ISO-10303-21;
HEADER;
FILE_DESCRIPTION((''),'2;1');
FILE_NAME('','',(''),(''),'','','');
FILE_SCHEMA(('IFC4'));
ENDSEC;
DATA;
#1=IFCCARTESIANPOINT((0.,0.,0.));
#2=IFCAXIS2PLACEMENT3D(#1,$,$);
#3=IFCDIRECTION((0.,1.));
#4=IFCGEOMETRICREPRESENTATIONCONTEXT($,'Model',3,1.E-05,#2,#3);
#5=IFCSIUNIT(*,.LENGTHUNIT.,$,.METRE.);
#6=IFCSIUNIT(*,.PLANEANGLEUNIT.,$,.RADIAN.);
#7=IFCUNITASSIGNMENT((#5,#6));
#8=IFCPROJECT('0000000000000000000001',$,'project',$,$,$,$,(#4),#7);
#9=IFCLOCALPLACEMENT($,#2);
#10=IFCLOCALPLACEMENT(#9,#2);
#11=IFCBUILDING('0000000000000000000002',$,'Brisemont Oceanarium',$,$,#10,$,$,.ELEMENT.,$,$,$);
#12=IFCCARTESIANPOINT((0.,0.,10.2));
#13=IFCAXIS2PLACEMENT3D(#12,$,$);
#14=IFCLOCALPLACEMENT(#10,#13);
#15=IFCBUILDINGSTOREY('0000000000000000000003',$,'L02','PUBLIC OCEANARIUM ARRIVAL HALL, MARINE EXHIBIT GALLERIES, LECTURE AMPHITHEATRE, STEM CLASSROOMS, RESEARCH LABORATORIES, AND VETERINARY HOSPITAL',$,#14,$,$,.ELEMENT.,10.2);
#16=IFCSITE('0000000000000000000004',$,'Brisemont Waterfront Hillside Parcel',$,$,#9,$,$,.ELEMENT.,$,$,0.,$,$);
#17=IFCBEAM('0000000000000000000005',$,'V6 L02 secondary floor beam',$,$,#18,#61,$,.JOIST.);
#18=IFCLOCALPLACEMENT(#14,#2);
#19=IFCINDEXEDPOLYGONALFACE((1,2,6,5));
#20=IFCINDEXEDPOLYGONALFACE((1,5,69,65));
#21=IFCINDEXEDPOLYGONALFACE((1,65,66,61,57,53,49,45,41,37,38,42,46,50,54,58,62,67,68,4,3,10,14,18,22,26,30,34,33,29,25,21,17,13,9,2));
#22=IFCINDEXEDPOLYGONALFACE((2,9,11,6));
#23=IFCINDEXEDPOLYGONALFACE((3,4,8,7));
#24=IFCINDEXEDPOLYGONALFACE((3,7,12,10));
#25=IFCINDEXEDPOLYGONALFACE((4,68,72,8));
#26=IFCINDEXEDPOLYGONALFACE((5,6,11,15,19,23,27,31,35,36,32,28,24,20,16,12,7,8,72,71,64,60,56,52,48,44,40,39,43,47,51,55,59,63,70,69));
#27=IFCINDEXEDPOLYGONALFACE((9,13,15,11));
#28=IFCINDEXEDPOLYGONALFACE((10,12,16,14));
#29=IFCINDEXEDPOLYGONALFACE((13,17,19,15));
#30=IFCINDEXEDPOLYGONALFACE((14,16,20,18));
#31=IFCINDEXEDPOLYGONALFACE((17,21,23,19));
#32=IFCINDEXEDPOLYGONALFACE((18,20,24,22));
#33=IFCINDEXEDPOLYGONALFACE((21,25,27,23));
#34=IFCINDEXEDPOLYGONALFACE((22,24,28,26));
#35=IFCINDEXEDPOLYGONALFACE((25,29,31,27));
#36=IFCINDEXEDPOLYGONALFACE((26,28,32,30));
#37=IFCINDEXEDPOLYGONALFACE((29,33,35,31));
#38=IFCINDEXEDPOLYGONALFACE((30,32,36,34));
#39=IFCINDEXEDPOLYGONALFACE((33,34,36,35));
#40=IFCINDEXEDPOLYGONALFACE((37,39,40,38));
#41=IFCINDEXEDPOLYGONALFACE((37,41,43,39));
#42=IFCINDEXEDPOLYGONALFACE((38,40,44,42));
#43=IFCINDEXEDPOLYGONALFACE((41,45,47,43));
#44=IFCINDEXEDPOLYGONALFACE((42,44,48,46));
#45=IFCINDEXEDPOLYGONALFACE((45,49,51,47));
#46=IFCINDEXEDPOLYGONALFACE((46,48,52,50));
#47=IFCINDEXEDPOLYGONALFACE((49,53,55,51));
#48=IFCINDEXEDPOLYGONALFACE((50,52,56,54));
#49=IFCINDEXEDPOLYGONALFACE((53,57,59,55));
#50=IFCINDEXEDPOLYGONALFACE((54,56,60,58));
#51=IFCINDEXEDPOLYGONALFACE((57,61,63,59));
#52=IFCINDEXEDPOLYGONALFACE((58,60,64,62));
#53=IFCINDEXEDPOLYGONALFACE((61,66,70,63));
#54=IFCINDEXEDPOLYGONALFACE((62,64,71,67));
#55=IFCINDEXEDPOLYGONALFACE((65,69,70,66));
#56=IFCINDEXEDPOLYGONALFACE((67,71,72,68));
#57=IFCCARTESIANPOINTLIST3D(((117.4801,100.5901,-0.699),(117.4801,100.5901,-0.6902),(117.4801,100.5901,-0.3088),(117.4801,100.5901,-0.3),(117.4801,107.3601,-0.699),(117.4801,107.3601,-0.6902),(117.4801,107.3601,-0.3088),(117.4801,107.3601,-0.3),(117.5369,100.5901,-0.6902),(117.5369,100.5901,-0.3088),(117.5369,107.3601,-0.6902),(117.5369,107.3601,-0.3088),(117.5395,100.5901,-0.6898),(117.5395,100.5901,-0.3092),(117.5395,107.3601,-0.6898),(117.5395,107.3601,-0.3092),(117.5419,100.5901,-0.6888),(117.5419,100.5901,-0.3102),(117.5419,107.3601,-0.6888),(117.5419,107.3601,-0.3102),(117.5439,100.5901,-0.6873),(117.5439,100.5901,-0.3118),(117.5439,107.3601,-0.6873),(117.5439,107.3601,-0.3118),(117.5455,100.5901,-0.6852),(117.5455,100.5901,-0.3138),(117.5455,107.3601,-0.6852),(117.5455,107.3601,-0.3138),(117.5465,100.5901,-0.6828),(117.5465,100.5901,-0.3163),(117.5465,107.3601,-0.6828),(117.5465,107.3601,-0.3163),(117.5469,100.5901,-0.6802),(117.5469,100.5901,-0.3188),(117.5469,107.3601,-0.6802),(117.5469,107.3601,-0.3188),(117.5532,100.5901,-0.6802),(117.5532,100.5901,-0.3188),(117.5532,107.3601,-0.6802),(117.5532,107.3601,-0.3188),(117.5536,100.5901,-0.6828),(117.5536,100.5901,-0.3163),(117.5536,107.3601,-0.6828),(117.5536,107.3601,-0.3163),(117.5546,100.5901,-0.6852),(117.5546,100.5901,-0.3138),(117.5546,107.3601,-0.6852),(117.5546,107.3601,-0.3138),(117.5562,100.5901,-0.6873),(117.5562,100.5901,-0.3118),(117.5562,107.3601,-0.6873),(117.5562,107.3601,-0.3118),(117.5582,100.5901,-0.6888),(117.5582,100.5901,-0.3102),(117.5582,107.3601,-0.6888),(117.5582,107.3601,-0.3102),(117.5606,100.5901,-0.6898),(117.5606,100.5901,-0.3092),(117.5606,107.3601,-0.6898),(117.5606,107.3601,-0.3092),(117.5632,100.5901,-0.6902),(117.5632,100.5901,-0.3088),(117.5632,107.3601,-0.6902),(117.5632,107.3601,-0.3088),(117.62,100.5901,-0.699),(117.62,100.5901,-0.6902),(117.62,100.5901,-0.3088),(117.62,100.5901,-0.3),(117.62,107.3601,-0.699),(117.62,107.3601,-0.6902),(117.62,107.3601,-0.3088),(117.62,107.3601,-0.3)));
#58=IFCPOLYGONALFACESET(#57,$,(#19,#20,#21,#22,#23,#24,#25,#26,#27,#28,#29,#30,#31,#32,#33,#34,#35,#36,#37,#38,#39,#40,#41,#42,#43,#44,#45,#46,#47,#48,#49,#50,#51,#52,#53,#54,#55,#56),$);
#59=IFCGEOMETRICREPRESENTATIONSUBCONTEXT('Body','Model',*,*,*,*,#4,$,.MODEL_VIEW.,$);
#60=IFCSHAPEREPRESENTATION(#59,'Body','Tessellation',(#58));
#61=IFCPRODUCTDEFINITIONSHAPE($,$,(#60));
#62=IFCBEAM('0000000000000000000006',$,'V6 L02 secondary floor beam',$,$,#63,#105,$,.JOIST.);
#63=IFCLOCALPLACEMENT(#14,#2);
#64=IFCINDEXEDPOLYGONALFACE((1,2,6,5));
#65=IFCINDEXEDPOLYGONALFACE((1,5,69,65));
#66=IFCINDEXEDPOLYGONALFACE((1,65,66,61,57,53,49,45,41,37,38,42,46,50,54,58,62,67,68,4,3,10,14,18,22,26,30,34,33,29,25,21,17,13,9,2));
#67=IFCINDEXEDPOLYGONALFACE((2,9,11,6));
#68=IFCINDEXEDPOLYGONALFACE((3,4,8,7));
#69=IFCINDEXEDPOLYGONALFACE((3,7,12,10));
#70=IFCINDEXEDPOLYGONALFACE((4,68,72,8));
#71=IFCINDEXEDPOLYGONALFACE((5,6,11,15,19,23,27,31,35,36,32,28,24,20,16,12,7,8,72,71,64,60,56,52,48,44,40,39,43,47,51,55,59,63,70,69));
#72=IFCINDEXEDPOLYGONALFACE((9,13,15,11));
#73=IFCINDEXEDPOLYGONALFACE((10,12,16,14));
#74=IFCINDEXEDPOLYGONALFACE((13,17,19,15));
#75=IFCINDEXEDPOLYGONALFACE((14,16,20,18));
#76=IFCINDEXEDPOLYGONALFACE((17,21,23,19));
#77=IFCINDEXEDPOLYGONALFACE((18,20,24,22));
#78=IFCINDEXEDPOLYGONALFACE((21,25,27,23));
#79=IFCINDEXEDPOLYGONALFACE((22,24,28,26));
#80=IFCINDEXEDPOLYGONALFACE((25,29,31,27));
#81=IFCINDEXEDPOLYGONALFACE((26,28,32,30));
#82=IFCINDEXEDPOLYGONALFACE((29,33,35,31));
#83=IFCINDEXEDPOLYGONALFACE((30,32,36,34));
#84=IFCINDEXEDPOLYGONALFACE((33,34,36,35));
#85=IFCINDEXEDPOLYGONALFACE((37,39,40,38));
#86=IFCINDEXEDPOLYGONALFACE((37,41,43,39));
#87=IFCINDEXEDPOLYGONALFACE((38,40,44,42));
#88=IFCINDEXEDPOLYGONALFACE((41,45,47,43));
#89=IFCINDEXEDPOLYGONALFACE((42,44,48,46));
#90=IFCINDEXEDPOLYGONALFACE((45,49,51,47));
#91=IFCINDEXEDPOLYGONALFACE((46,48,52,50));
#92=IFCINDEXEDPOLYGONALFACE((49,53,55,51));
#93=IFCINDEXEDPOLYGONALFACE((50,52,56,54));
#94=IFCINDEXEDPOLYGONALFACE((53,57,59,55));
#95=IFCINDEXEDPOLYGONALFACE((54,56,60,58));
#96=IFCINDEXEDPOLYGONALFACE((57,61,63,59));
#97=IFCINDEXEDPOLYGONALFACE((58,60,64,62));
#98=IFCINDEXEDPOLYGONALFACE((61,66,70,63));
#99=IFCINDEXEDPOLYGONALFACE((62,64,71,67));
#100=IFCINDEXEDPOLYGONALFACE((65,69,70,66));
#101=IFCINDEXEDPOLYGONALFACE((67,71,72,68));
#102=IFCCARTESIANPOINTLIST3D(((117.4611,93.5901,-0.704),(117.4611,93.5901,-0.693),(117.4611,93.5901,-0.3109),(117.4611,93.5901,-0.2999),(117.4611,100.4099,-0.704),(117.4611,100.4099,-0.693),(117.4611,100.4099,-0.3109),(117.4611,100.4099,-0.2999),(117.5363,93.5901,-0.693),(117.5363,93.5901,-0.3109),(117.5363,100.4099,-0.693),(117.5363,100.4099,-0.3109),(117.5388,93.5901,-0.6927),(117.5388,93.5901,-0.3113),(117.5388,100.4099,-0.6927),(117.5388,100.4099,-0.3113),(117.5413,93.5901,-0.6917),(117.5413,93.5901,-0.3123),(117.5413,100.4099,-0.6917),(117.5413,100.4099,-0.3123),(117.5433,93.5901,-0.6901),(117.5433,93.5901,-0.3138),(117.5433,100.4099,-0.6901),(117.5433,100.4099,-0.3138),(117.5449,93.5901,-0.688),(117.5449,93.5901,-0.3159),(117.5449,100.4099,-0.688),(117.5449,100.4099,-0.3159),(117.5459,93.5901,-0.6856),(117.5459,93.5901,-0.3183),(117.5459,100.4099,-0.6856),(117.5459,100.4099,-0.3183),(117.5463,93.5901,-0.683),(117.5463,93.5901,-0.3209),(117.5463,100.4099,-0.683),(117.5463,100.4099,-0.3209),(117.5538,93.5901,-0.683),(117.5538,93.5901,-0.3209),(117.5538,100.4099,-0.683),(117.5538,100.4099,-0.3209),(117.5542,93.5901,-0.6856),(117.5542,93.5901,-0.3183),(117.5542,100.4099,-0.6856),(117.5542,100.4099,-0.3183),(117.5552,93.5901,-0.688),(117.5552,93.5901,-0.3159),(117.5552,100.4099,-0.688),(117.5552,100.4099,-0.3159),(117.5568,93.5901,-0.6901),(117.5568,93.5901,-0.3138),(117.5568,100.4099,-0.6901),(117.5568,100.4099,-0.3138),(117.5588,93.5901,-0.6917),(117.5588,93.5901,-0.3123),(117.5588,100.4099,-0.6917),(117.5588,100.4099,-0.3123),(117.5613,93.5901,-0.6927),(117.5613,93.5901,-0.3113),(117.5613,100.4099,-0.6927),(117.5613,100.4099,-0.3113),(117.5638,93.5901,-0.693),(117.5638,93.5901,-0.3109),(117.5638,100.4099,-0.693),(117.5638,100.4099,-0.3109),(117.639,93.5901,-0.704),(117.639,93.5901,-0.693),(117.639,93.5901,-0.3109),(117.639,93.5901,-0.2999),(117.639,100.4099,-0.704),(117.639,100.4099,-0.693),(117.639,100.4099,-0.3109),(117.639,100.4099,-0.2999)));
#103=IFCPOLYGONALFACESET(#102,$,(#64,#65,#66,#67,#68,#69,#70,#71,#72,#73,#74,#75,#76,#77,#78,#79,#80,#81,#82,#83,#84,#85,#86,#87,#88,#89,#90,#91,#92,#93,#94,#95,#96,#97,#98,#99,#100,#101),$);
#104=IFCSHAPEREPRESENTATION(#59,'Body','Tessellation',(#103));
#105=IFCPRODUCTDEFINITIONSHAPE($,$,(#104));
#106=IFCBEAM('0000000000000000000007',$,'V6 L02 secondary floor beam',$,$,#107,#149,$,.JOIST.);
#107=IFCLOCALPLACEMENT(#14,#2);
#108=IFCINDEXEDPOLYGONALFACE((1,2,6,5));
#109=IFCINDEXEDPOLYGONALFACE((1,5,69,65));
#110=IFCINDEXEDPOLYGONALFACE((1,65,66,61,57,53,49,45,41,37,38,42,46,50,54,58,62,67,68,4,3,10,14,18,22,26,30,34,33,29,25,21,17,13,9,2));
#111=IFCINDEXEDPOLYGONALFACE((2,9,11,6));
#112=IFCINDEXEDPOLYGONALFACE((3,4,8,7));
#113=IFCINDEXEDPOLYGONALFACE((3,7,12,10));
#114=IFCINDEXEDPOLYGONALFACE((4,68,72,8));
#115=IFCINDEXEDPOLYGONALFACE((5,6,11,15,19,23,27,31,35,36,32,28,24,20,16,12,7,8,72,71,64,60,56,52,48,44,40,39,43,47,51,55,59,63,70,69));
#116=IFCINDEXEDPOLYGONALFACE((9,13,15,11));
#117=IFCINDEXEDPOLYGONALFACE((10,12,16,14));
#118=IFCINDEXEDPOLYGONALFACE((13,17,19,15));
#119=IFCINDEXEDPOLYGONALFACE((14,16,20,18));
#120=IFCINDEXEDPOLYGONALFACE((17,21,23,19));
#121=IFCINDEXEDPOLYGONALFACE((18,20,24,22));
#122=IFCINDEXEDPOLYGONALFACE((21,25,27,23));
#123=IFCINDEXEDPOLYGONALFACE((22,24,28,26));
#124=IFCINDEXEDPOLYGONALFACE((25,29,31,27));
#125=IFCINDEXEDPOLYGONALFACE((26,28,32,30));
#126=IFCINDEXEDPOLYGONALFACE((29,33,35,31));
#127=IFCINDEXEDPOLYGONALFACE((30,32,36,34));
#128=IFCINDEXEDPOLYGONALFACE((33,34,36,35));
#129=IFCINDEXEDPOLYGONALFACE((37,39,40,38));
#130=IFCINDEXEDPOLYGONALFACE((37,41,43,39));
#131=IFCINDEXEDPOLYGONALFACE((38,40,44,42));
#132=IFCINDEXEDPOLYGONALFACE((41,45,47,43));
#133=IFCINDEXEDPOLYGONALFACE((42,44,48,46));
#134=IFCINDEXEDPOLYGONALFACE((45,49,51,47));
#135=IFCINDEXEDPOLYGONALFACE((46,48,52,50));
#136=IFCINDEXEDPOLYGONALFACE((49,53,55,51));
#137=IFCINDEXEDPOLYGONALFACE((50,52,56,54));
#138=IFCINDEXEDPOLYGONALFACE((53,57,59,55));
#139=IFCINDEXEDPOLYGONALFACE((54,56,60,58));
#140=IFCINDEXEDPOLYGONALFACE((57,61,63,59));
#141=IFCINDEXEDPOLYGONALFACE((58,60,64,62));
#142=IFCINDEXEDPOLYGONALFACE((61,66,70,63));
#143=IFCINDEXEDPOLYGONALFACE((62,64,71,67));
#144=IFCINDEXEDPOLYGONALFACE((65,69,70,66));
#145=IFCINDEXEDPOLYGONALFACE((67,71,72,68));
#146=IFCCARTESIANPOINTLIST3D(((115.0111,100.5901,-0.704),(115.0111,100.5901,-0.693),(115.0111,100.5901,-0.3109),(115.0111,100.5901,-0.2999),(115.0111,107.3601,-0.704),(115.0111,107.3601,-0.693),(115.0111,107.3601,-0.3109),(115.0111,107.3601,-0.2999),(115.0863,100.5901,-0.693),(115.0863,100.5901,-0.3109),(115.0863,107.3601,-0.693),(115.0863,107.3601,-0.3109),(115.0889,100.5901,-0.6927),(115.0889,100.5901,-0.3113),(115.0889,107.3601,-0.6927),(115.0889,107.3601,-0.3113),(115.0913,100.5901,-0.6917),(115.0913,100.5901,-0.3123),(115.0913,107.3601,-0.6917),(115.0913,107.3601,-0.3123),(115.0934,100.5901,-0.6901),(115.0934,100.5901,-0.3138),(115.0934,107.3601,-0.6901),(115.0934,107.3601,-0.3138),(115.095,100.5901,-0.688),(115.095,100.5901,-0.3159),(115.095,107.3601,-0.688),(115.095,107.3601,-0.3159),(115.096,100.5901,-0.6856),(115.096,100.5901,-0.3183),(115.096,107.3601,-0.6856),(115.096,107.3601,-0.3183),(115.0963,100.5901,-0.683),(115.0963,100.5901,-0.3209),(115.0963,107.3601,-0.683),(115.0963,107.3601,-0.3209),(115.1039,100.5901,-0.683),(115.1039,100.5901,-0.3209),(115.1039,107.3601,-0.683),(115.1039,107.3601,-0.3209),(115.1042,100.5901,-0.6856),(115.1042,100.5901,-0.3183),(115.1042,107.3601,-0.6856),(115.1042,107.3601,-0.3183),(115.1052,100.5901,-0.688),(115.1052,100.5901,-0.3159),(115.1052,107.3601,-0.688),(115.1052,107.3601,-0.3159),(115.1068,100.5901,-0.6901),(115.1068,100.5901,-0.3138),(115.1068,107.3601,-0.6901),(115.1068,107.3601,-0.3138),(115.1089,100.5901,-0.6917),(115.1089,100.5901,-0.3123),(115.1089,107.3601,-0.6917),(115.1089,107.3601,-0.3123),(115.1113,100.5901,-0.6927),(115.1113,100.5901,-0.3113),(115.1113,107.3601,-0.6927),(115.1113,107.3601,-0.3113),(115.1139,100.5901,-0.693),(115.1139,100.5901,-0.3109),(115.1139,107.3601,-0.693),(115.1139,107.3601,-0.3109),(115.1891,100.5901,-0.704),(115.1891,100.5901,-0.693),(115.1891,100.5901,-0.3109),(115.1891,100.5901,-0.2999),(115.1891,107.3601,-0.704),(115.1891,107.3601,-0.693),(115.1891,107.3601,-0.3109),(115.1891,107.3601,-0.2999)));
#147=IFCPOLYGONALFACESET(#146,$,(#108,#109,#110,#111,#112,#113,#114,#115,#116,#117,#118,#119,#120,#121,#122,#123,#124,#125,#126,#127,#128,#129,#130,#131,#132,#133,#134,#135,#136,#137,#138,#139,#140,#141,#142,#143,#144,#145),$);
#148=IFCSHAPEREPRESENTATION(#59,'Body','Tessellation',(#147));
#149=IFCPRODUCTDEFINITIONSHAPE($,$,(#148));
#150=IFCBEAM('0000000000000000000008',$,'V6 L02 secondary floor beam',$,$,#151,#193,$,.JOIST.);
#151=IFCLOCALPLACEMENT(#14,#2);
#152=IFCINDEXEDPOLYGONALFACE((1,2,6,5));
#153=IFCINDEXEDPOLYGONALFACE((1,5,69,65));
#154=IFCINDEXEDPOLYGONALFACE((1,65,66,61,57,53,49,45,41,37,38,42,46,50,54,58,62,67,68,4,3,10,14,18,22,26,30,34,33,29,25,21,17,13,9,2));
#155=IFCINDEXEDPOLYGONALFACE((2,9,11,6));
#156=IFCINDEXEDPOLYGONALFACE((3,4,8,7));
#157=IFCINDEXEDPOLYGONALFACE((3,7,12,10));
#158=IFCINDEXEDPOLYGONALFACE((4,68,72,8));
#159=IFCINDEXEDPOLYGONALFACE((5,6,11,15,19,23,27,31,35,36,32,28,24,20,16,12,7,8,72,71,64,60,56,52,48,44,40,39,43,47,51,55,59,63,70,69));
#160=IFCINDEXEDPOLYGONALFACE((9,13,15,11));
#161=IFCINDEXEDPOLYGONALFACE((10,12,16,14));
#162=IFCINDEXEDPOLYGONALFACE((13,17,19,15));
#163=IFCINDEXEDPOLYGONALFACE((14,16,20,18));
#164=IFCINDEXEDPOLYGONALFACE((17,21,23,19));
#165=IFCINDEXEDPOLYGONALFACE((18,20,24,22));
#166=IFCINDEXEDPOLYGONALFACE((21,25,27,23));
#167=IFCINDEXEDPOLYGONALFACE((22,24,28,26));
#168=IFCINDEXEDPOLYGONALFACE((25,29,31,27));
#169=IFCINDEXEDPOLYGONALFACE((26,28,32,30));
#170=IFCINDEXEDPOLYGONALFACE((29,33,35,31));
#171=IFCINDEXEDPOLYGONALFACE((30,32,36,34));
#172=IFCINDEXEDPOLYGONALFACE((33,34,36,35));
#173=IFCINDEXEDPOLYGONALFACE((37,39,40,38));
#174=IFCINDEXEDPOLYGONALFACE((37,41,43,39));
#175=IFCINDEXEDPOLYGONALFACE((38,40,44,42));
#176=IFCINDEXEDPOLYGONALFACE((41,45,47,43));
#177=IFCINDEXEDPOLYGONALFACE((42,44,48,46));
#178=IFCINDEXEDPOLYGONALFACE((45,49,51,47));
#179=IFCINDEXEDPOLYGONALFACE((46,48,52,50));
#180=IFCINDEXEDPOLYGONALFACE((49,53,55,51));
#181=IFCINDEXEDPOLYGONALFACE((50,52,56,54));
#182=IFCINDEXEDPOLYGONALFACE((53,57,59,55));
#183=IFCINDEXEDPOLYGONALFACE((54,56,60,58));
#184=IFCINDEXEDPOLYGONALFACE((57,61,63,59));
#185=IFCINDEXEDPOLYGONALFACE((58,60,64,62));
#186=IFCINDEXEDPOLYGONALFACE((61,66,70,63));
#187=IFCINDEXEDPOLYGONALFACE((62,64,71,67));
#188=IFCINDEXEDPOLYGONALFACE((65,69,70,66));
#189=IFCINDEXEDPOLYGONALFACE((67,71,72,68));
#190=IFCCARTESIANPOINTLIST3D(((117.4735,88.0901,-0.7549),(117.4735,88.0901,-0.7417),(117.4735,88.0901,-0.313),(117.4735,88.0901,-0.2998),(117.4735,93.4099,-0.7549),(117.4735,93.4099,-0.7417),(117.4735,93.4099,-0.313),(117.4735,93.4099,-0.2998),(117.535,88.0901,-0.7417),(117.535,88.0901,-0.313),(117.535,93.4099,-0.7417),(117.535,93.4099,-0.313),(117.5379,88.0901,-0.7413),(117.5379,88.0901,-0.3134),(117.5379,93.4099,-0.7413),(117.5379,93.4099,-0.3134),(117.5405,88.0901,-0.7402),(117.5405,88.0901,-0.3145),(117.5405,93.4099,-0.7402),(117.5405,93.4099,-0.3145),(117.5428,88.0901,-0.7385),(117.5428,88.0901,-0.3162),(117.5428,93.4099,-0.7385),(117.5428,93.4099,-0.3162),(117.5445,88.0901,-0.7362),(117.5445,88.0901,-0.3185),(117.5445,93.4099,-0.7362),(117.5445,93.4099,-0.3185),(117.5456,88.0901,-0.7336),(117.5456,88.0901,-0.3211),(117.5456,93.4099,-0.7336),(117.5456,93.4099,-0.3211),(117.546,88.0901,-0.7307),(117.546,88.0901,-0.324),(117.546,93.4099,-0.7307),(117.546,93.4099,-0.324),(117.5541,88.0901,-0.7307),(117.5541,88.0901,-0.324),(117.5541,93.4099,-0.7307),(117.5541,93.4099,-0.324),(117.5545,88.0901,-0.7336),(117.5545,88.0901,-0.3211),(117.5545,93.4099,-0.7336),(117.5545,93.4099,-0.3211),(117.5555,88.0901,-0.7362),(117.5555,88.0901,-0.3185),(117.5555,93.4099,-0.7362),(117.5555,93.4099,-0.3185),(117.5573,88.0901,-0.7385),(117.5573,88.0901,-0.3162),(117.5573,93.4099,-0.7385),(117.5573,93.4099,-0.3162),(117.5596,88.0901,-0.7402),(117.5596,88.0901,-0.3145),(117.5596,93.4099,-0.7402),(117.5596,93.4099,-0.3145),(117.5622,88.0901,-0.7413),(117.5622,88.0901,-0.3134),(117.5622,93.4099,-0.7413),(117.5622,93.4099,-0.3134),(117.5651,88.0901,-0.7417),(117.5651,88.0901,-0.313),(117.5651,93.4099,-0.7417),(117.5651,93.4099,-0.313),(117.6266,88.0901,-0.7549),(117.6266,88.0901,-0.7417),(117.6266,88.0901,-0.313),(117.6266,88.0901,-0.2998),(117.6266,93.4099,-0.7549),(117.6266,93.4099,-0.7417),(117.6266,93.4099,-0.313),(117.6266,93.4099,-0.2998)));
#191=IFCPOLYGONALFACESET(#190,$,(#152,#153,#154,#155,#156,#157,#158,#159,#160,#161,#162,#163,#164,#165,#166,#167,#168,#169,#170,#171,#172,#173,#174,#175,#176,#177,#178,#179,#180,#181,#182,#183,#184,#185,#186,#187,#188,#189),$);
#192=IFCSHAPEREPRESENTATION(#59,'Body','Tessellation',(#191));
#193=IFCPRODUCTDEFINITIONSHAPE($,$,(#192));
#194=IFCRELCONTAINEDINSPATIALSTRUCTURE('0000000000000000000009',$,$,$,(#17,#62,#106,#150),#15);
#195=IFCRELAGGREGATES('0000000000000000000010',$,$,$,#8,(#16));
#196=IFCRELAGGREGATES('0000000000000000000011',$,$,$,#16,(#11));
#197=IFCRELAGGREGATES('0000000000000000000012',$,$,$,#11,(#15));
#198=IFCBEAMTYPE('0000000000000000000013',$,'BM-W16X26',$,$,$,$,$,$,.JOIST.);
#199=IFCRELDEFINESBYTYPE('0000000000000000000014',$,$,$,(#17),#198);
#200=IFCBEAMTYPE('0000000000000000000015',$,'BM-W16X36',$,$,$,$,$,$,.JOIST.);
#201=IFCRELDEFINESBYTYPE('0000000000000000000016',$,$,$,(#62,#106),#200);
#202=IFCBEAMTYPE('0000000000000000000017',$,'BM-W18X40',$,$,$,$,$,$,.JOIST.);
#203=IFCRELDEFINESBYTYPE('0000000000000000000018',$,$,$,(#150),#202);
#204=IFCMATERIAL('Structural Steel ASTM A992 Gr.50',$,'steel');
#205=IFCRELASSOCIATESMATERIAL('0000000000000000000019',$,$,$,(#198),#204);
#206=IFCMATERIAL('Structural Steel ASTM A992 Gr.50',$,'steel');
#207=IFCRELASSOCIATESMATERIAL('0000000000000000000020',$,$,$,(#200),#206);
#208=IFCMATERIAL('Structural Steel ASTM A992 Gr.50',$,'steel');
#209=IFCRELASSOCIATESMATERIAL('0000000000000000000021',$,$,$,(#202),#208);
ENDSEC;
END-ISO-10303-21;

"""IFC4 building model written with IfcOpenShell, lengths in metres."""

from ifc_helpers import new_model, si_unit, direction, frame, origin, origin_2d, place, context, subcontext, project, spatial, i_section, extrude, material, material_profile, profile_set, type_object, element, save


model = new_model("IFC4")

# Units and contexts
model_context = context("Model", 3, precision=1e-05, world=origin(), true_north=direction((0.0, 1.0)))
body_context = subcontext(model_context, "Body", "Model", "MODEL_VIEW")
ifc_project = project(units=[si_unit("LENGTHUNIT", "METRE"), si_unit("PLANEANGLEUNIT", "RADIAN")], contexts=[model_context])

# Site, building, storey
site_placement = place(None, origin())
site = spatial("IfcSite", under=ifc_project, at=site_placement, Name="Brisemont Waterfront Hillside Parcel", CompositionType="ELEMENT", RefElevation=0.0)
building_placement = place(site_placement, origin())
building = spatial("IfcBuilding", under=site, at=building_placement, Name="Brisemont Oceanarium", CompositionType="ELEMENT")
storey_placement = place(building_placement, frame((0.0, 0.0, 10.2)))
storey = spatial("IfcBuildingStorey", under=building, at=storey_placement, Name="L02", Description="PUBLIC OCEANARIUM ARRIVAL HALL, MARINE EXHIBIT GALLERIES, LECTURE AMPHITHEATRE, STEM CLASSROOMS, RESEARCH LABORATORIES, AND VETERINARY HOSPITAL", CompositionType="ELEMENT", Elevation=10.2)

# Beams
ifc_material_1 = material(Name="Structural Steel ASTM A992 Gr.50", Category="steel")
ifc_material_profile_1 = material_profile(ifc_material_1, i_section(OverallWidth=0.1399, OverallDepth=0.3989, WebThickness=0.0063, FlangeThickness=0.0088, FilletRadius=0.01, at=origin_2d()), Name="W16X26")
ifc_profile_set_1 = profile_set([ifc_material_profile_1], Name="Structural Steel ASTM A992 Gr.50")
beam_type_1 = type_object("IfcBeamType", Name="BM-W16X26", PredefinedType="JOIST", material=ifc_profile_set_1)
beam_1_placement = place(storey_placement, frame((117.55, 100.5901, -0.4995), z_axis=(0.0, 1.0, 0.0), x_axis=(-1.0, 0.0, 0.0)))
element("IfcBeam", 1, at=beam_1_placement, inside=storey, type_object=beam_type_1, Name="V6 L02 secondary floor beam", PredefinedType="JOIST", context=body_context, shape_type="SweptSolid", body=[
    extrude(i_section(OverallWidth=0.1399, OverallDepth=0.3989, WebThickness=0.0063, FlangeThickness=0.0088, FilletRadius=0.01, at=origin_2d()), origin(), (0.0, 0.0, 1.0), 6.77),
])
ifc_material_2 = material(Name="Structural Steel ASTM A992 Gr.50", Category="steel")
ifc_material_profile_2 = material_profile(ifc_material_2, i_section(OverallWidth=0.178, OverallDepth=0.4041, WebThickness=0.0076, FlangeThickness=0.011, FilletRadius=0.01, at=origin_2d()), Name="W16X36")
ifc_profile_set_2 = profile_set([ifc_material_profile_2], Name="Structural Steel ASTM A992 Gr.50")
beam_type_2 = type_object("IfcBeamType", Name="BM-W16X36", PredefinedType="JOIST", material=ifc_profile_set_2)
beam_2_placement = place(storey_placement, frame((117.55, 93.5901, -0.502), z_axis=(0.0, 1.0, 0.0), x_axis=(-1.0, 0.0, 0.0)))
element("IfcBeam", 2, at=beam_2_placement, inside=storey, type_object=beam_type_2, Name="V6 L02 secondary floor beam", PredefinedType="JOIST", context=body_context, shape_type="SweptSolid", body=[
    extrude(i_section(OverallWidth=0.178, OverallDepth=0.4041, WebThickness=0.0076, FlangeThickness=0.011, FilletRadius=0.01, at=origin_2d()), origin(), (0.0, 0.0, 1.0), 6.8198),
])
beam_3_placement = place(storey_placement, frame((115.1001, 100.5901, -0.502), z_axis=(0.0, 1.0, 0.0), x_axis=(-1.0, 0.0, 0.0)))
element("IfcBeam", 3, at=beam_3_placement, inside=storey, type_object=beam_type_2, Name="V6 L02 secondary floor beam", PredefinedType="JOIST", context=body_context, shape_type="SweptSolid", body=[
    extrude(i_section(OverallWidth=0.178, OverallDepth=0.4041, WebThickness=0.0076, FlangeThickness=0.011, FilletRadius=0.01, at=origin_2d()), origin(), (0.0, 0.0, 1.0), 6.77),
])
ifc_material_3 = material(Name="Structural Steel ASTM A992 Gr.50", Category="steel")
ifc_material_profile_3 = material_profile(ifc_material_3, i_section(OverallWidth=0.1531, OverallDepth=0.4551, WebThickness=0.0081, FlangeThickness=0.0132, FilletRadius=0.011, at=origin_2d()), Name="W18X40")
ifc_profile_set_3 = profile_set([ifc_material_profile_3], Name="Structural Steel ASTM A992 Gr.50")
beam_type_3 = type_object("IfcBeamType", Name="BM-W18X40", PredefinedType="JOIST", material=ifc_profile_set_3)
beam_4_placement = place(storey_placement, frame((117.55, 88.0901, -0.5273), z_axis=(0.0, 1.0, 0.0), x_axis=(-1.0, 0.0, 0.0)))
element("IfcBeam", 4, at=beam_4_placement, inside=storey, type_object=beam_type_3, Name="V6 L02 secondary floor beam", PredefinedType="JOIST", context=body_context, shape_type="SweptSolid", body=[
    extrude(i_section(OverallWidth=0.1531, OverallDepth=0.4551, WebThickness=0.0081, FlangeThickness=0.0132, FilletRadius=0.011, at=origin_2d()), origin(), (0.0, 0.0, 1.0), 5.3198),
])

save(model, "model.ifc")
